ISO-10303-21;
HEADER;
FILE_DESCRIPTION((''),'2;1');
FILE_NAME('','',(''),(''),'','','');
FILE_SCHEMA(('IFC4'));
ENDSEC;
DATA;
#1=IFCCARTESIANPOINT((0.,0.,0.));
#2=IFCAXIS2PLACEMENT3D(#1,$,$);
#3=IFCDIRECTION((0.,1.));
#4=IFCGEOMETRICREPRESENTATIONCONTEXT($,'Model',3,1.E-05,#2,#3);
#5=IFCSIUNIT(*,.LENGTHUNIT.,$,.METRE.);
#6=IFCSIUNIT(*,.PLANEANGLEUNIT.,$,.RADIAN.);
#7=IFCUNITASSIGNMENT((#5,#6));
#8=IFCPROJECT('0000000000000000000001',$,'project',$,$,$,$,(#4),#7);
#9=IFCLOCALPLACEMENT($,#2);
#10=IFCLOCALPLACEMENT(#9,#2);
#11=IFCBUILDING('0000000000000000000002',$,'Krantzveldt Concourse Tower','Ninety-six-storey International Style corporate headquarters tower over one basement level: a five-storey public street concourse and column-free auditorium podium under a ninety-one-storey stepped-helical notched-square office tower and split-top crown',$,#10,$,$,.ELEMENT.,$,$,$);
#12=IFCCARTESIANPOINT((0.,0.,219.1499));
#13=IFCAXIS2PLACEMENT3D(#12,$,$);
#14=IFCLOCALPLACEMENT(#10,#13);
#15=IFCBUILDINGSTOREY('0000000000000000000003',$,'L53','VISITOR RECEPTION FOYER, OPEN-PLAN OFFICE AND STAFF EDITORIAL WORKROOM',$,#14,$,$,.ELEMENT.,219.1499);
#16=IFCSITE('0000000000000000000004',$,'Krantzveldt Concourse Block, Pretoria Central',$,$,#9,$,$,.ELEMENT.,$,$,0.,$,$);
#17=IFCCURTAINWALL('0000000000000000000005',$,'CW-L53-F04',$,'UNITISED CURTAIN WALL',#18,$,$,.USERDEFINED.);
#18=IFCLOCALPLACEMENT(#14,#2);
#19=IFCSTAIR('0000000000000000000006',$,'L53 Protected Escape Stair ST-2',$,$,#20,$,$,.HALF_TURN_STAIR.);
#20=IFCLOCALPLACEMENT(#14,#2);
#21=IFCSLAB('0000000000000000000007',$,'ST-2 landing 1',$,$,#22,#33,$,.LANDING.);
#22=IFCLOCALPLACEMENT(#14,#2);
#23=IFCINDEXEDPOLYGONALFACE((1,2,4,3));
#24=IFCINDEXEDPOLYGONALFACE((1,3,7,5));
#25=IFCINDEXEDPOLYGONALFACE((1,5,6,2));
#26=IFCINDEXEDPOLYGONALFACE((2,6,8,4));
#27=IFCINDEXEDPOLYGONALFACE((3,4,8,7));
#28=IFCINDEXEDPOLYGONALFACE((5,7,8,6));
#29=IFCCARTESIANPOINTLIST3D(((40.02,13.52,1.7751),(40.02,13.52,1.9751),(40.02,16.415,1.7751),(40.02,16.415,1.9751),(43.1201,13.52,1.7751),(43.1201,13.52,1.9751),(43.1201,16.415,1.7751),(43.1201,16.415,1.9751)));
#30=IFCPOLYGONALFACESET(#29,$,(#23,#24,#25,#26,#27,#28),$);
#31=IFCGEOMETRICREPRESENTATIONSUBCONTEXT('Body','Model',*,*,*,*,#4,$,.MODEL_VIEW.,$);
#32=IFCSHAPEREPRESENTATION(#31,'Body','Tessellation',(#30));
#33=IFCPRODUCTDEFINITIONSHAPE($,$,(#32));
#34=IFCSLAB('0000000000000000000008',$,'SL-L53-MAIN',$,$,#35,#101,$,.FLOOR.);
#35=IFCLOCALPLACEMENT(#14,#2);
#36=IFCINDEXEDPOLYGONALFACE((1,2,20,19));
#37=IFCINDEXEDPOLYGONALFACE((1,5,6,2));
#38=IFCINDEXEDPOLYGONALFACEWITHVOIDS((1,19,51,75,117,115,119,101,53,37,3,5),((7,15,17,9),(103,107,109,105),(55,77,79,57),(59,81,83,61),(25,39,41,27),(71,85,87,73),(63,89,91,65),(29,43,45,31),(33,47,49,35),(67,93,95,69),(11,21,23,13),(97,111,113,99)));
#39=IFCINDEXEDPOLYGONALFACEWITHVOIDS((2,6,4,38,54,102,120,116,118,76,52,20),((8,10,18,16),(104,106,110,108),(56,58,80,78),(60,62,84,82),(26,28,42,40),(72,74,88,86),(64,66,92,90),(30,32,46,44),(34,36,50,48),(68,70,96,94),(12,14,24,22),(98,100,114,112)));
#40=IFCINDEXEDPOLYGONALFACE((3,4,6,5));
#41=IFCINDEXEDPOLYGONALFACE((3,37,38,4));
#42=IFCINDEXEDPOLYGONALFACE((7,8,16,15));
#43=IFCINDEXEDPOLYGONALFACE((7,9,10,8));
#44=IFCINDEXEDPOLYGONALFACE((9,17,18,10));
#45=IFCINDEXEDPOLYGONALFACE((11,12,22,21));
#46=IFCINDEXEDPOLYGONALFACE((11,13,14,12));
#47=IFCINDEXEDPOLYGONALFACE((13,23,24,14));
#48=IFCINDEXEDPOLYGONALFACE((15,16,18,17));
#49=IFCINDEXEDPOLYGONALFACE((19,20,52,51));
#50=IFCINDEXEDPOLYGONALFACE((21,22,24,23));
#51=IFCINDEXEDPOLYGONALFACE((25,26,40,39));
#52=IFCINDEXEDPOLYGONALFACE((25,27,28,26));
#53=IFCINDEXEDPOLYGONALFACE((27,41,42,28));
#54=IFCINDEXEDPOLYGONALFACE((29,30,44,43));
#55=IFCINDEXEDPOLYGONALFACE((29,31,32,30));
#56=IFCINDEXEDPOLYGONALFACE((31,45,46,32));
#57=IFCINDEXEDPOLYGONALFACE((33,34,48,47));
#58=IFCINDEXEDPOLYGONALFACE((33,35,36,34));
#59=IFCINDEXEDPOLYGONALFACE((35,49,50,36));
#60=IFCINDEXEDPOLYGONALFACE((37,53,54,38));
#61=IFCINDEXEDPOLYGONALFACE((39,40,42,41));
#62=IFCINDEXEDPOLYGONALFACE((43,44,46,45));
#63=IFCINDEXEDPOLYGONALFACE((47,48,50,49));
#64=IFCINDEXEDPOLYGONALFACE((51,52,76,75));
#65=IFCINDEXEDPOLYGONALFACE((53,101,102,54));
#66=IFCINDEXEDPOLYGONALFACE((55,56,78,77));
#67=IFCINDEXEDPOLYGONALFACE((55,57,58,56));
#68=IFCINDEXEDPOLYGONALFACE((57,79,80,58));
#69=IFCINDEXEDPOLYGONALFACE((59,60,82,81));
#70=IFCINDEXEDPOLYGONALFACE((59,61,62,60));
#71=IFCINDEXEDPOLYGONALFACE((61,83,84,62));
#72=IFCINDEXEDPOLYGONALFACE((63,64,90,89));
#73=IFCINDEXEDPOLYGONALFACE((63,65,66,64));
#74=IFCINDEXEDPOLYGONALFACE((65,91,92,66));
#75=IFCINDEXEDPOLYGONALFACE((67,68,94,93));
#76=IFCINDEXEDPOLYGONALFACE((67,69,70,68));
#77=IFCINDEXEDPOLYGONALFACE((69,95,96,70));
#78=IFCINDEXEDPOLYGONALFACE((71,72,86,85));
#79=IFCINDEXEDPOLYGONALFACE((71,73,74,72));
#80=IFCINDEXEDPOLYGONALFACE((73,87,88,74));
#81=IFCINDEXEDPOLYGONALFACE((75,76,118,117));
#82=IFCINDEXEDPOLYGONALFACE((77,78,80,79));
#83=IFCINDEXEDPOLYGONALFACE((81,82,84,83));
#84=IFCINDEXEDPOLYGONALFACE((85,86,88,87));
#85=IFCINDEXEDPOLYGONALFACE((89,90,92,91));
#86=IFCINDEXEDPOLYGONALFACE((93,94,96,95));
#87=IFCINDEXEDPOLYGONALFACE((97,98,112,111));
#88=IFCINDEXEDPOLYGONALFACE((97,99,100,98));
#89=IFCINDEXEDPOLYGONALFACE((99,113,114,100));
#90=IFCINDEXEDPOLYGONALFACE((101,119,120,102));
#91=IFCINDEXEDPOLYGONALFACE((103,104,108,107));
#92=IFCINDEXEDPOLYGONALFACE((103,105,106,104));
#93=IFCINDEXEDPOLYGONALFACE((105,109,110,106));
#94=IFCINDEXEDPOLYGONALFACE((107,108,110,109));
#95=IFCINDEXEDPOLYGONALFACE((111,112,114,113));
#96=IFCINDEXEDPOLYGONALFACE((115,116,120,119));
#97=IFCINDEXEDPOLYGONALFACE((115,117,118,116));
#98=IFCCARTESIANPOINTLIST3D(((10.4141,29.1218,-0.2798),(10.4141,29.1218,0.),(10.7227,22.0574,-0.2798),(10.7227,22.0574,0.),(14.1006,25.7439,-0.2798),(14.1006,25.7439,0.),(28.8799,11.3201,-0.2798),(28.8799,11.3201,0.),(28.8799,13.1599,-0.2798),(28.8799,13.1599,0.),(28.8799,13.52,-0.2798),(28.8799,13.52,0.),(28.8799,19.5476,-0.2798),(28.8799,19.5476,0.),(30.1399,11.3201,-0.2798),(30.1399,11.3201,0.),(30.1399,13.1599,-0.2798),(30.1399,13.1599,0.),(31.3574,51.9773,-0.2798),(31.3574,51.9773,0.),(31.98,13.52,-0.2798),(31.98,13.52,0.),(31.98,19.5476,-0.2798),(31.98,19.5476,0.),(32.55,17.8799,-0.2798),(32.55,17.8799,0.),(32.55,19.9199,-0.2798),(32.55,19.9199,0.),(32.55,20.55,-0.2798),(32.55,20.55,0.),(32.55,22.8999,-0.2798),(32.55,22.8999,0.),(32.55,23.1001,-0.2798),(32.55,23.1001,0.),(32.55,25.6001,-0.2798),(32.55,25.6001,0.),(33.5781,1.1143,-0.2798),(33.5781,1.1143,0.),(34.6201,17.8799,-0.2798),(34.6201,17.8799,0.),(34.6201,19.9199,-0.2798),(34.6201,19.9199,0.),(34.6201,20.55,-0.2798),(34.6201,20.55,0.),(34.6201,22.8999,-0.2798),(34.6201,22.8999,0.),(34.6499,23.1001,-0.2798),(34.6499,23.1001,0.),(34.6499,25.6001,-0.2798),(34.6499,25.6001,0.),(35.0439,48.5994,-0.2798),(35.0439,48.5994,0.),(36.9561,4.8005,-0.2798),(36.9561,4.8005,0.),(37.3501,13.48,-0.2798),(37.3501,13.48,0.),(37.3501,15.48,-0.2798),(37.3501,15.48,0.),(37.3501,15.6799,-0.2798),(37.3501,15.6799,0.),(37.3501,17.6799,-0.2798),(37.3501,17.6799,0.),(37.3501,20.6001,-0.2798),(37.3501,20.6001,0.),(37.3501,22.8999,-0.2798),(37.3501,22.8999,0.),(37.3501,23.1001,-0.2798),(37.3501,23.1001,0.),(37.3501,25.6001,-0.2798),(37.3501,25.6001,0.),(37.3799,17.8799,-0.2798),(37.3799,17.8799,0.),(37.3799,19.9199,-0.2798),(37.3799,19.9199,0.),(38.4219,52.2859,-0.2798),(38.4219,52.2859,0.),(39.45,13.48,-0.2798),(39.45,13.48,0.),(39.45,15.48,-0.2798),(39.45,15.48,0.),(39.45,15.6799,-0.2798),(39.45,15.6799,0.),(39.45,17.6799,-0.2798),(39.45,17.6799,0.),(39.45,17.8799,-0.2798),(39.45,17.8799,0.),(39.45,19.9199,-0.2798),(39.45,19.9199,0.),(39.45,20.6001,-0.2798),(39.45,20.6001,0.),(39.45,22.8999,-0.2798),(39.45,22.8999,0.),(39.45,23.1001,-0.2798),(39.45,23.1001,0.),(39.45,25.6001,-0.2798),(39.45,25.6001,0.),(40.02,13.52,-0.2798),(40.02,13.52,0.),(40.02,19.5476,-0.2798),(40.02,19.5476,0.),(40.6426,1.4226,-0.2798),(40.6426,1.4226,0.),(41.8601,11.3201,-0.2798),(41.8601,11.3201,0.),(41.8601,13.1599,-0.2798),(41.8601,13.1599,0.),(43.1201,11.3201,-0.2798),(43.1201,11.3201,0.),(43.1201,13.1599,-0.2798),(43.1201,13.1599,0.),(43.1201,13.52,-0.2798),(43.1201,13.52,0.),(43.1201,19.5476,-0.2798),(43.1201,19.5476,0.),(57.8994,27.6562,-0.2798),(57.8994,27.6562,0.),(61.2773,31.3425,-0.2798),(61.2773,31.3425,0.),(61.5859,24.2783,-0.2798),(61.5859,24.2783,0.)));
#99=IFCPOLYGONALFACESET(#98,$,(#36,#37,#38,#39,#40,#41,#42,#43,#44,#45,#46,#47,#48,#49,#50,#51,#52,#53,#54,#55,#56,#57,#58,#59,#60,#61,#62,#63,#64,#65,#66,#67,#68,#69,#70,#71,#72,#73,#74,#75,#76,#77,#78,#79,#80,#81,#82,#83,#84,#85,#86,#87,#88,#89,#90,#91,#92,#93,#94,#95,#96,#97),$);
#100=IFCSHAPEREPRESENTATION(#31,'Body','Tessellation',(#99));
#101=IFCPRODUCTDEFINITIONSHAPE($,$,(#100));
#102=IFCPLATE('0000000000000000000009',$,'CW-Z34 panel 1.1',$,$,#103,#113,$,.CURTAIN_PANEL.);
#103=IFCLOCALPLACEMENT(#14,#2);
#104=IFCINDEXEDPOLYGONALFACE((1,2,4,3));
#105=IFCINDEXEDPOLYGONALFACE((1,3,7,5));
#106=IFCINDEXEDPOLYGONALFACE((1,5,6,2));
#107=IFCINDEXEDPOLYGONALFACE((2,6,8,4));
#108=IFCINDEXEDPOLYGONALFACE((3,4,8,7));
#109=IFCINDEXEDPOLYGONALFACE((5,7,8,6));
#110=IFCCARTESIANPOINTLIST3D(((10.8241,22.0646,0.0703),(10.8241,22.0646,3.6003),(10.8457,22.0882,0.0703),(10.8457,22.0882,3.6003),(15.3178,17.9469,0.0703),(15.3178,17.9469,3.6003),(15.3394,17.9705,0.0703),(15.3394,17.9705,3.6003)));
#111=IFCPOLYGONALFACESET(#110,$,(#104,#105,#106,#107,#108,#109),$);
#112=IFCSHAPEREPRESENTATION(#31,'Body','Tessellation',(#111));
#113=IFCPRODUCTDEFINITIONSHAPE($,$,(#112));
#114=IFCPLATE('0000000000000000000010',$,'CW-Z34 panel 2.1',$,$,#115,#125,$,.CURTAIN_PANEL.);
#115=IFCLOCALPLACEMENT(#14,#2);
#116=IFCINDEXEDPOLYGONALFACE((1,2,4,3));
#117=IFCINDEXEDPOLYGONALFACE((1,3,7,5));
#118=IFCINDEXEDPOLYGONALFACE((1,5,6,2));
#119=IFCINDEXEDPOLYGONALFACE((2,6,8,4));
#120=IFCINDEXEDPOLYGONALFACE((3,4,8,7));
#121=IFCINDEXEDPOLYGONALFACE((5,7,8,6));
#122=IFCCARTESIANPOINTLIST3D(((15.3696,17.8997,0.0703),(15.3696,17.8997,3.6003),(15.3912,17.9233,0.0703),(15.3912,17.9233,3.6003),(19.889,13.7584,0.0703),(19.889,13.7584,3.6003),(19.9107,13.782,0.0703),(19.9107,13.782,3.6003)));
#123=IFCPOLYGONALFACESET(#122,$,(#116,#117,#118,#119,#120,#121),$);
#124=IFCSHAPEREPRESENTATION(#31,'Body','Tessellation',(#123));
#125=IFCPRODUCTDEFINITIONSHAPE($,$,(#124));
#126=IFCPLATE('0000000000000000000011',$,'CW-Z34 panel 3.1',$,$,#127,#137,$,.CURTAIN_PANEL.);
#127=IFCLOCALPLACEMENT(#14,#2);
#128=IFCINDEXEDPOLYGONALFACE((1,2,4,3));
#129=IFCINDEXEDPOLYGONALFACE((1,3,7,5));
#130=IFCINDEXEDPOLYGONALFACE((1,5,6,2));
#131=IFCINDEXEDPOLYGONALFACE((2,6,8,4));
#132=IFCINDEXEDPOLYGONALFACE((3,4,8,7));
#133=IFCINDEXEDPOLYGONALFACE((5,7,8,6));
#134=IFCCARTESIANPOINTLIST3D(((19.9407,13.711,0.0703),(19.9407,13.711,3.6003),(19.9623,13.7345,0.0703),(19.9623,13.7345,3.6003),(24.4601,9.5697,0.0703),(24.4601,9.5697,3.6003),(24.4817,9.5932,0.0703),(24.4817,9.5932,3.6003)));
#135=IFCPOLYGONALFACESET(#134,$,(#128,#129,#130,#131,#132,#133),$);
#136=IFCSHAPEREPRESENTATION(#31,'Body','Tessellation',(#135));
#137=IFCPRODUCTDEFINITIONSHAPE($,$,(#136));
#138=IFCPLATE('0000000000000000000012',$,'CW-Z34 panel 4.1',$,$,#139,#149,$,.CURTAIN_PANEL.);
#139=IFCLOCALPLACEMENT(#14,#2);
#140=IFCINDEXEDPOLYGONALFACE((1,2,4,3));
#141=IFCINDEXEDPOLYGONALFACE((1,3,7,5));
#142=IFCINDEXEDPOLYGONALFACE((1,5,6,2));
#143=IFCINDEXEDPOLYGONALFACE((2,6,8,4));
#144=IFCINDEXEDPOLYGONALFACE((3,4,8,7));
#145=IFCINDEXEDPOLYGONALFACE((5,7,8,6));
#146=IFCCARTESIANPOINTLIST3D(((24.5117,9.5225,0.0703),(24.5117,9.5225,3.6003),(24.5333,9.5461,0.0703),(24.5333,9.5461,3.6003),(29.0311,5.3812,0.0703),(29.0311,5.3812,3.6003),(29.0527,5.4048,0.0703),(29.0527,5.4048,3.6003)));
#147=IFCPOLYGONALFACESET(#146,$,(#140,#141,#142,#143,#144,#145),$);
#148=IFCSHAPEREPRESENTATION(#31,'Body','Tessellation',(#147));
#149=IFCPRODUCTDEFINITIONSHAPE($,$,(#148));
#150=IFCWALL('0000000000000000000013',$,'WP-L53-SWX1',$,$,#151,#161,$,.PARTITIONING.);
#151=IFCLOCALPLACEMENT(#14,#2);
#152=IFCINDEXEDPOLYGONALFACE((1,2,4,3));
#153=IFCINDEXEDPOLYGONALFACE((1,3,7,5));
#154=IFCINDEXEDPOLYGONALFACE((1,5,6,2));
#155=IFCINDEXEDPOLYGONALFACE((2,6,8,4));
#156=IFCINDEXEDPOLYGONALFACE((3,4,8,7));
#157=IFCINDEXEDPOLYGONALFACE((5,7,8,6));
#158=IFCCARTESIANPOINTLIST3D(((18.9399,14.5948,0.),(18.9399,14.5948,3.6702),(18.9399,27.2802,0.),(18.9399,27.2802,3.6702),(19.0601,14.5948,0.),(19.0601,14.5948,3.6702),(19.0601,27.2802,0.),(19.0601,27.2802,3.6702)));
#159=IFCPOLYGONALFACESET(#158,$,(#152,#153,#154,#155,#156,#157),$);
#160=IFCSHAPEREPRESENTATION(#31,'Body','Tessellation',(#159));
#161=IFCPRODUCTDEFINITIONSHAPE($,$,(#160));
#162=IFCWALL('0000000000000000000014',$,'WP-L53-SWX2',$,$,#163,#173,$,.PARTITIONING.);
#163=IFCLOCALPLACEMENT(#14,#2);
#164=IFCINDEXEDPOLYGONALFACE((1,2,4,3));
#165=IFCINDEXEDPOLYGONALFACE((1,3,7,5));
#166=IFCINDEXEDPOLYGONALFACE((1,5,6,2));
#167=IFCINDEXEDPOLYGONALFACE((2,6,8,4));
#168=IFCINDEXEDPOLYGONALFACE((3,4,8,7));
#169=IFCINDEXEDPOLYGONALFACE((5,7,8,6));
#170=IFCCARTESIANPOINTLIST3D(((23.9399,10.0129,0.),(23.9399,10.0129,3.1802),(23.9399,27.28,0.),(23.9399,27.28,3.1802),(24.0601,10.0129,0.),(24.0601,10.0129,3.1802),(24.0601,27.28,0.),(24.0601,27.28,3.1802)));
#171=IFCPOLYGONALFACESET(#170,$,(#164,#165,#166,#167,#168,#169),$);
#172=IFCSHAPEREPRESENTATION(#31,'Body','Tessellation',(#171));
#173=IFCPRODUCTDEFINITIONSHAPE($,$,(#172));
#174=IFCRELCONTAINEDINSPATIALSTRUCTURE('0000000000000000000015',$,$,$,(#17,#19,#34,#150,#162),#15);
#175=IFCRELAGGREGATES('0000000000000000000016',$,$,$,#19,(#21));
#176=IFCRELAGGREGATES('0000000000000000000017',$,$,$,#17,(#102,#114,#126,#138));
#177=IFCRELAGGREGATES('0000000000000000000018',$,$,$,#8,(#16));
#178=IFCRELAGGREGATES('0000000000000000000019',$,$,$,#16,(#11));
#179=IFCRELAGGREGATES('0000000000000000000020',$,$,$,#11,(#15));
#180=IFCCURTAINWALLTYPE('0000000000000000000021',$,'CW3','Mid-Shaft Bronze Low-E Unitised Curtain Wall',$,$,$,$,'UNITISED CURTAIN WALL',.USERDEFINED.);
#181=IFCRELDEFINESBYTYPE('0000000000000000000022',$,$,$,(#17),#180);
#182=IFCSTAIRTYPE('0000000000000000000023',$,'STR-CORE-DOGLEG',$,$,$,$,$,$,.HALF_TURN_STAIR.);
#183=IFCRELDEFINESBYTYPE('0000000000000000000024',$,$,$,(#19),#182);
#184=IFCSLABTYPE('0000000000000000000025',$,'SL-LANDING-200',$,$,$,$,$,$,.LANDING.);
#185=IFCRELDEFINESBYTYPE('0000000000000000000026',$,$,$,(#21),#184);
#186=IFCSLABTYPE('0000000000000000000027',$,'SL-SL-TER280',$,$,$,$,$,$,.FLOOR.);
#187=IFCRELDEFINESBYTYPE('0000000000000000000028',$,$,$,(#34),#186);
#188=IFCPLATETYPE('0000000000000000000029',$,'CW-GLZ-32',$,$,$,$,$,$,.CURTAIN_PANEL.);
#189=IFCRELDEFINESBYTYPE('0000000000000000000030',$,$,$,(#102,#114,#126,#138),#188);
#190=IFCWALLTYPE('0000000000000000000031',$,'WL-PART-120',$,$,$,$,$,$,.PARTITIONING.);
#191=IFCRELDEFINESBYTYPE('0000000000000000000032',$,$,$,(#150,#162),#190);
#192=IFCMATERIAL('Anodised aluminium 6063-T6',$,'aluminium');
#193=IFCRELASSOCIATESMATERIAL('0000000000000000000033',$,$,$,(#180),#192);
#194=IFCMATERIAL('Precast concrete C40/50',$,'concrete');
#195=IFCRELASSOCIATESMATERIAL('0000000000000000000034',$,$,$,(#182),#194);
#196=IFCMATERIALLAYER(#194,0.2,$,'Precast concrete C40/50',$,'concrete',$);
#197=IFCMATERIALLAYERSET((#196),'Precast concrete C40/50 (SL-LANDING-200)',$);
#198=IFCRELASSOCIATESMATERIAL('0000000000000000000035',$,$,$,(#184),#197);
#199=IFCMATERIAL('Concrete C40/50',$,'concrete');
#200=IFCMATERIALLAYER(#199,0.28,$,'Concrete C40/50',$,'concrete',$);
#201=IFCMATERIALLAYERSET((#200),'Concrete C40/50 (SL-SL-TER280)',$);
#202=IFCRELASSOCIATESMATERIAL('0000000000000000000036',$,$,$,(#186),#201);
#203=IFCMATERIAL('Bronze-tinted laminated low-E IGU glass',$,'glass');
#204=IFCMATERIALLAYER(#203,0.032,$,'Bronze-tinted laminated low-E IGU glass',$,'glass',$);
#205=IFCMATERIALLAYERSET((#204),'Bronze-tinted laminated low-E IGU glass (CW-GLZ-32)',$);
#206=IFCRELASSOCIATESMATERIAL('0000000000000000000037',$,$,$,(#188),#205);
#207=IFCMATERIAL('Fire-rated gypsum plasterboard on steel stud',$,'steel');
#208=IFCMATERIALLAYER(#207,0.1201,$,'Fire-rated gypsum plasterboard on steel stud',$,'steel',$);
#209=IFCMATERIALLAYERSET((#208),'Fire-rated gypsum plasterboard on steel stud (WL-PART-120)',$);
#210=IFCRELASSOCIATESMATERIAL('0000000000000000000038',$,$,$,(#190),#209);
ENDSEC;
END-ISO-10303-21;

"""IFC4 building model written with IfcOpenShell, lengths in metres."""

from ifc_helpers import new_model, si_unit, direction, frame, frame_2d, origin, origin_2d, place, context, subcontext, project, spatial, polyline, rectangle, outline, extrude, source, transform, mapped, material, layer, layer_set, type_object, type_shapes, element, aggregate, save


model = new_model("IFC4")

# Units and contexts
model_context = context("Model", 3, precision=1e-05, world=origin(), true_north=direction((0.0, 1.0)))
body_context = subcontext(model_context, "Body", "Model", "MODEL_VIEW")
ifc_project = project(units=[si_unit("LENGTHUNIT", "METRE"), si_unit("PLANEANGLEUNIT", "RADIAN")], contexts=[model_context])

# Site, building, storey
site_placement = place(None, origin())
site = spatial("IfcSite", under=ifc_project, at=site_placement, Name="Krantzveldt Concourse Block, Pretoria Central", CompositionType="ELEMENT", RefElevation=0.0)
building_placement = place(site_placement, origin())
building = spatial("IfcBuilding", under=site, at=building_placement, Name="Krantzveldt Concourse Tower", Description="Ninety-six-storey International Style corporate headquarters tower over one basement level: a five-storey public street concourse and column-free auditorium podium under a ninety-one-storey stepped-helical notched-square office tower and split-top crown", CompositionType="ELEMENT")
storey_placement = place(building_placement, frame((0.0, 0.0, 219.1499)))
storey = spatial("IfcBuildingStorey", under=building, at=storey_placement, Name="L53", Description="VISITOR RECEPTION FOYER, OPEN-PLAN OFFICE AND STAFF EDITORIAL WORKROOM", CompositionType="ELEMENT", Elevation=219.1499)

# Curtain wall
ifc_material_1 = material(Name="Anodised aluminium 6063-T6", Category="aluminium")
curtain_wall_type = type_object("IfcCurtainWallType", Name="CW3", Description="Mid-Shaft Bronze Low-E Unitised Curtain Wall", ElementType="UNITISED CURTAIN WALL", PredefinedType="USERDEFINED", material=ifc_material_1)
curtain_wall_placement = place(storey_placement, origin())
curtain_wall = element("IfcCurtainWall", 1, at=curtain_wall_placement, inside=storey, type_object=curtain_wall_type, Name="CW-L53-F04", ObjectType="UNITISED CURTAIN WALL", PredefinedType="USERDEFINED")

# Stair, slab
ifc_material_2 = material(Name="Precast concrete C40/50", Category="concrete")
stair_type = type_object("IfcStairType", Name="STR-CORE-DOGLEG", PredefinedType="HALF_TURN_STAIR", material=ifc_material_2)
ifc_layer_1 = layer(ifc_material_2, 0.2, Name="Precast concrete C40/50", Category="concrete")
ifc_layer_set_1 = layer_set([ifc_layer_1], Name="Precast concrete C40/50 (SL-LANDING-200)")
slab_type_1 = type_object("IfcSlabType", Name="SL-LANDING-200", PredefinedType="LANDING", material=ifc_layer_set_1)
stair_1_placement = place(storey_placement, origin())
stair_1 = element("IfcStair", 2, at=stair_1_placement, inside=storey, type_object=stair_type, Name="L53 Protected Escape Stair ST-2", PredefinedType="HALF_TURN_STAIR")
slab_1_placement = place(storey_placement, frame((0.0, 0.0, 1.7751)))
slab_1 = element("IfcSlab", 3, at=slab_1_placement, type_object=slab_type_1, Name="ST-2 landing 1", PredefinedType="LANDING", context=body_context, shape_type="SweptSolid", body=[
    extrude(outline(polyline([(40.02, 16.415), (40.02, 13.52), (43.1201, 13.52), (43.1201, 16.415), (40.02, 16.415)])), origin(), (0.0, 0.0, 1.0), 0.2),
])
aggregate(stair_1, [slab_1])

# Slab
ifc_material_3 = material(Name="Concrete C40/50", Category="concrete")
ifc_layer_2 = layer(ifc_material_3, 0.28, Name="Concrete C40/50", Category="concrete")
ifc_layer_set_2 = layer_set([ifc_layer_2], Name="Concrete C40/50 (SL-SL-TER280)")
slab_type_2 = type_object("IfcSlabType", Name="SL-SL-TER280", PredefinedType="FLOOR", material=ifc_layer_set_2)
slab_2_placement = place(storey_placement, frame((0.0, 0.0, -0.2798)))
element("IfcSlab", 4, at=slab_2_placement, inside=storey, type_object=slab_type_2, Name="SL-L53-MAIN", PredefinedType="FLOOR", context=body_context, shape_type="SweptSolid", body=[
    extrude(outline(polyline([(35.0439, 48.5994), (31.3574, 51.9773), (10.4141, 29.1218), (14.1006, 25.7439), (10.7227, 22.0574), (33.5781, 1.1143), (36.9561, 4.8005), (40.6426, 1.4226), (61.5859, 24.2783), (57.8994, 27.6562), (61.2773, 31.3425), (38.4219, 52.2859), (35.0439, 48.5994)]), holes=[polyline([(28.8799, 19.5476), (28.8799, 13.52), (31.98, 13.52), (31.98, 19.5476), (28.8799, 19.5476)]), polyline([(40.02, 19.5476), (40.02, 13.52), (43.1201, 13.52), (43.1201, 19.5476), (40.02, 19.5476)]), polyline([(32.55, 23.1001), (34.6499, 23.1001), (34.6499, 25.6001), (32.55, 25.6001), (32.55, 23.1001)]), polyline([(37.3501, 23.1001), (39.45, 23.1001), (39.45, 25.6001), (37.3501, 25.6001), (37.3501, 23.1001)]), polyline([(37.3501, 20.6001), (39.45, 20.6001), (39.45, 22.8999), (37.3501, 22.8999), (37.3501, 20.6001)]), polyline([(37.3501, 13.48), (39.45, 13.48), (39.45, 15.48), (37.3501, 15.48), (37.3501, 13.48)]), polyline([(37.3501, 15.6799), (39.45, 15.6799), (39.45, 17.6799), (37.3501, 17.6799), (37.3501, 15.6799)]), polyline([(32.55, 20.55), (34.6201, 20.55), (34.6201, 22.8999), (32.55, 22.8999), (32.55, 20.55)]), polyline([(32.55, 17.8799), (34.6201, 17.8799), (34.6201, 19.9199), (32.55, 19.9199), (32.55, 17.8799)]), polyline([(37.3799, 17.8799), (39.45, 17.8799), (39.45, 19.9199), (37.3799, 19.9199), (37.3799, 17.8799)]), polyline([(28.8799, 11.3201), (30.1399, 11.3201), (30.1399, 13.1599), (28.8799, 13.1599), (28.8799, 11.3201)]), polyline([(41.8601, 11.3201), (43.1201, 11.3201), (43.1201, 13.1599), (41.8601, 13.1599), (41.8601, 11.3201)])]), origin(), (0.0, 0.0, 1.0), 0.2798),
])

# Plates
ifc_material_4 = material(Name="Bronze-tinted laminated low-E IGU glass", Category="glass")
ifc_layer_3 = layer(ifc_material_4, 0.032, Name="Bronze-tinted laminated low-E IGU glass", Category="glass")
ifc_layer_set_3 = layer_set([ifc_layer_3], Name="Bronze-tinted laminated low-E IGU glass (CW-GLZ-32)")
plate_type = type_object("IfcPlateType", Name="CW-GLZ-32", PredefinedType="CURTAIN_PANEL", material=ifc_layer_set_3)
shared_shape_1 = source(origin(), body_context, "Body", "SweptSolid", [
    extrude(rectangle(XDim=6.095, YDim=0.032, at=origin_2d()), origin(), (0.0, 0.0, 1.0), 3.53),
])
plate_1_placement = place(storey_placement, frame((13.0818, 20.0176, 0.0703), z_axis=(0.0, 0.0, 1.0), x_axis=(0.737277, -0.67559, 0.0)))
plate_1 = element("IfcPlate", 5, at=plate_1_placement, type_object=plate_type, Name="CW-Z34 panel 1.1", PredefinedType="CURTAIN_PANEL", context=body_context, shape_type="MappedRepresentation", body=[
    mapped(shared_shape_1, transform((0.0, 0.0, 0.0), x_axis=(1.0, 0.0, 0.0), y_axis=(0.0, 1.0, 0.0), z_axis=(0.0, 0.0, 1.0), scale=1.0)),
])
shared_shape_2 = source(origin(), body_context, "Body", "SweptSolid", [
    extrude(rectangle(XDim=6.1299, YDim=0.032, at=origin_2d()), origin(), (0.0, 0.0, 1.0), 3.53),
])
type_shapes(plate_type, [shared_shape_1, shared_shape_2])
plate_2_placement = place(storey_placement, frame((17.6401, 15.8408, 0.0703), z_axis=(0.0, 0.0, 1.0), x_axis=(0.737277, -0.67559, 0.0)))
plate_2 = element("IfcPlate", 6, at=plate_2_placement, type_object=plate_type, Name="CW-Z34 panel 2.1", PredefinedType="CURTAIN_PANEL", context=body_context, shape_type="MappedRepresentation", body=[
    mapped(shared_shape_2, transform((0.0, 0.0, 0.0), x_axis=(1.0, 0.0, 0.0), y_axis=(0.0, 1.0, 0.0), z_axis=(0.0, 0.0, 1.0), scale=1.0)),
])
plate_3_placement = place(storey_placement, frame((22.2112, 11.6521, 0.0703), z_axis=(0.0, 0.0, 1.0), x_axis=(0.737277, -0.67559, 0.0)))
plate_3 = element("IfcPlate", 7, at=plate_3_placement, type_object=plate_type, Name="CW-Z34 panel 3.1", PredefinedType="CURTAIN_PANEL", context=body_context, shape_type="MappedRepresentation", body=[
    mapped(shared_shape_2, transform((0.0, 0.0, 0.0), x_axis=(1.0, 0.0, 0.0), y_axis=(0.0, 1.0, 0.0), z_axis=(0.0, 0.0, 1.0), scale=1.0)),
])
plate_4_placement = place(storey_placement, frame((26.7822, 7.4636, 0.0703), z_axis=(0.0, 0.0, 1.0), x_axis=(0.737277, -0.67559, 0.0)))
plate_4 = element("IfcPlate", 8, at=plate_4_placement, type_object=plate_type, Name="CW-Z34 panel 4.1", PredefinedType="CURTAIN_PANEL", context=body_context, shape_type="MappedRepresentation", body=[
    mapped(shared_shape_2, transform((0.0, 0.0, 0.0), x_axis=(1.0, 0.0, 0.0), y_axis=(0.0, 1.0, 0.0), z_axis=(0.0, 0.0, 1.0), scale=1.0)),
])
aggregate(curtain_wall, [plate_1, plate_2, plate_3, plate_4])

# Walls
ifc_material_5 = material(Name="Fire-rated gypsum plasterboard on steel stud", Category="steel")
ifc_layer_4 = layer(ifc_material_5, 0.1201, Name="Fire-rated gypsum plasterboard on steel stud", Category="steel")
ifc_layer_set_4 = layer_set([ifc_layer_4], Name="Fire-rated gypsum plasterboard on steel stud (WL-PART-120)")
wall_type_1 = type_object("IfcWallType", Name="WL-PART-120", PredefinedType="PARTITIONING", material=ifc_layer_set_4)
wall_1_placement = place(storey_placement, frame((19.0, 14.5947, 0.0), z_axis=(0.0, 0.0, 1.0), x_axis=(0.0, 1.0, 0.0)))
element("IfcWall", 9, at=wall_1_placement, inside=storey, type_object=wall_type_1, Name="WP-L53-SWX1", PredefinedType="PARTITIONING", context=body_context, shape_type="SweptSolid", body=[
    extrude(rectangle(XDim=12.6853, YDim=0.1201, at=frame_2d((6.3428, 0.0))), origin(), (0.0, 0.0, 1.0), 3.6702),
])
wall_2_placement = place(storey_placement, frame((24.0, 10.0129, 0.0), z_axis=(0.0, 0.0, 1.0), x_axis=(0.0, 1.0, 0.0)))
element("IfcWall", 10, at=wall_2_placement, inside=storey, type_object=wall_type_1, Name="WP-L53-SWX2", PredefinedType="PARTITIONING", context=body_context, shape_type="SweptSolid", body=[
    extrude(rectangle(XDim=17.2671, YDim=0.1201, at=frame_2d((8.6335, 0.0))), origin(), (0.0, 0.0, 1.0), 3.1802),
])

save(model, "model.ifc")
